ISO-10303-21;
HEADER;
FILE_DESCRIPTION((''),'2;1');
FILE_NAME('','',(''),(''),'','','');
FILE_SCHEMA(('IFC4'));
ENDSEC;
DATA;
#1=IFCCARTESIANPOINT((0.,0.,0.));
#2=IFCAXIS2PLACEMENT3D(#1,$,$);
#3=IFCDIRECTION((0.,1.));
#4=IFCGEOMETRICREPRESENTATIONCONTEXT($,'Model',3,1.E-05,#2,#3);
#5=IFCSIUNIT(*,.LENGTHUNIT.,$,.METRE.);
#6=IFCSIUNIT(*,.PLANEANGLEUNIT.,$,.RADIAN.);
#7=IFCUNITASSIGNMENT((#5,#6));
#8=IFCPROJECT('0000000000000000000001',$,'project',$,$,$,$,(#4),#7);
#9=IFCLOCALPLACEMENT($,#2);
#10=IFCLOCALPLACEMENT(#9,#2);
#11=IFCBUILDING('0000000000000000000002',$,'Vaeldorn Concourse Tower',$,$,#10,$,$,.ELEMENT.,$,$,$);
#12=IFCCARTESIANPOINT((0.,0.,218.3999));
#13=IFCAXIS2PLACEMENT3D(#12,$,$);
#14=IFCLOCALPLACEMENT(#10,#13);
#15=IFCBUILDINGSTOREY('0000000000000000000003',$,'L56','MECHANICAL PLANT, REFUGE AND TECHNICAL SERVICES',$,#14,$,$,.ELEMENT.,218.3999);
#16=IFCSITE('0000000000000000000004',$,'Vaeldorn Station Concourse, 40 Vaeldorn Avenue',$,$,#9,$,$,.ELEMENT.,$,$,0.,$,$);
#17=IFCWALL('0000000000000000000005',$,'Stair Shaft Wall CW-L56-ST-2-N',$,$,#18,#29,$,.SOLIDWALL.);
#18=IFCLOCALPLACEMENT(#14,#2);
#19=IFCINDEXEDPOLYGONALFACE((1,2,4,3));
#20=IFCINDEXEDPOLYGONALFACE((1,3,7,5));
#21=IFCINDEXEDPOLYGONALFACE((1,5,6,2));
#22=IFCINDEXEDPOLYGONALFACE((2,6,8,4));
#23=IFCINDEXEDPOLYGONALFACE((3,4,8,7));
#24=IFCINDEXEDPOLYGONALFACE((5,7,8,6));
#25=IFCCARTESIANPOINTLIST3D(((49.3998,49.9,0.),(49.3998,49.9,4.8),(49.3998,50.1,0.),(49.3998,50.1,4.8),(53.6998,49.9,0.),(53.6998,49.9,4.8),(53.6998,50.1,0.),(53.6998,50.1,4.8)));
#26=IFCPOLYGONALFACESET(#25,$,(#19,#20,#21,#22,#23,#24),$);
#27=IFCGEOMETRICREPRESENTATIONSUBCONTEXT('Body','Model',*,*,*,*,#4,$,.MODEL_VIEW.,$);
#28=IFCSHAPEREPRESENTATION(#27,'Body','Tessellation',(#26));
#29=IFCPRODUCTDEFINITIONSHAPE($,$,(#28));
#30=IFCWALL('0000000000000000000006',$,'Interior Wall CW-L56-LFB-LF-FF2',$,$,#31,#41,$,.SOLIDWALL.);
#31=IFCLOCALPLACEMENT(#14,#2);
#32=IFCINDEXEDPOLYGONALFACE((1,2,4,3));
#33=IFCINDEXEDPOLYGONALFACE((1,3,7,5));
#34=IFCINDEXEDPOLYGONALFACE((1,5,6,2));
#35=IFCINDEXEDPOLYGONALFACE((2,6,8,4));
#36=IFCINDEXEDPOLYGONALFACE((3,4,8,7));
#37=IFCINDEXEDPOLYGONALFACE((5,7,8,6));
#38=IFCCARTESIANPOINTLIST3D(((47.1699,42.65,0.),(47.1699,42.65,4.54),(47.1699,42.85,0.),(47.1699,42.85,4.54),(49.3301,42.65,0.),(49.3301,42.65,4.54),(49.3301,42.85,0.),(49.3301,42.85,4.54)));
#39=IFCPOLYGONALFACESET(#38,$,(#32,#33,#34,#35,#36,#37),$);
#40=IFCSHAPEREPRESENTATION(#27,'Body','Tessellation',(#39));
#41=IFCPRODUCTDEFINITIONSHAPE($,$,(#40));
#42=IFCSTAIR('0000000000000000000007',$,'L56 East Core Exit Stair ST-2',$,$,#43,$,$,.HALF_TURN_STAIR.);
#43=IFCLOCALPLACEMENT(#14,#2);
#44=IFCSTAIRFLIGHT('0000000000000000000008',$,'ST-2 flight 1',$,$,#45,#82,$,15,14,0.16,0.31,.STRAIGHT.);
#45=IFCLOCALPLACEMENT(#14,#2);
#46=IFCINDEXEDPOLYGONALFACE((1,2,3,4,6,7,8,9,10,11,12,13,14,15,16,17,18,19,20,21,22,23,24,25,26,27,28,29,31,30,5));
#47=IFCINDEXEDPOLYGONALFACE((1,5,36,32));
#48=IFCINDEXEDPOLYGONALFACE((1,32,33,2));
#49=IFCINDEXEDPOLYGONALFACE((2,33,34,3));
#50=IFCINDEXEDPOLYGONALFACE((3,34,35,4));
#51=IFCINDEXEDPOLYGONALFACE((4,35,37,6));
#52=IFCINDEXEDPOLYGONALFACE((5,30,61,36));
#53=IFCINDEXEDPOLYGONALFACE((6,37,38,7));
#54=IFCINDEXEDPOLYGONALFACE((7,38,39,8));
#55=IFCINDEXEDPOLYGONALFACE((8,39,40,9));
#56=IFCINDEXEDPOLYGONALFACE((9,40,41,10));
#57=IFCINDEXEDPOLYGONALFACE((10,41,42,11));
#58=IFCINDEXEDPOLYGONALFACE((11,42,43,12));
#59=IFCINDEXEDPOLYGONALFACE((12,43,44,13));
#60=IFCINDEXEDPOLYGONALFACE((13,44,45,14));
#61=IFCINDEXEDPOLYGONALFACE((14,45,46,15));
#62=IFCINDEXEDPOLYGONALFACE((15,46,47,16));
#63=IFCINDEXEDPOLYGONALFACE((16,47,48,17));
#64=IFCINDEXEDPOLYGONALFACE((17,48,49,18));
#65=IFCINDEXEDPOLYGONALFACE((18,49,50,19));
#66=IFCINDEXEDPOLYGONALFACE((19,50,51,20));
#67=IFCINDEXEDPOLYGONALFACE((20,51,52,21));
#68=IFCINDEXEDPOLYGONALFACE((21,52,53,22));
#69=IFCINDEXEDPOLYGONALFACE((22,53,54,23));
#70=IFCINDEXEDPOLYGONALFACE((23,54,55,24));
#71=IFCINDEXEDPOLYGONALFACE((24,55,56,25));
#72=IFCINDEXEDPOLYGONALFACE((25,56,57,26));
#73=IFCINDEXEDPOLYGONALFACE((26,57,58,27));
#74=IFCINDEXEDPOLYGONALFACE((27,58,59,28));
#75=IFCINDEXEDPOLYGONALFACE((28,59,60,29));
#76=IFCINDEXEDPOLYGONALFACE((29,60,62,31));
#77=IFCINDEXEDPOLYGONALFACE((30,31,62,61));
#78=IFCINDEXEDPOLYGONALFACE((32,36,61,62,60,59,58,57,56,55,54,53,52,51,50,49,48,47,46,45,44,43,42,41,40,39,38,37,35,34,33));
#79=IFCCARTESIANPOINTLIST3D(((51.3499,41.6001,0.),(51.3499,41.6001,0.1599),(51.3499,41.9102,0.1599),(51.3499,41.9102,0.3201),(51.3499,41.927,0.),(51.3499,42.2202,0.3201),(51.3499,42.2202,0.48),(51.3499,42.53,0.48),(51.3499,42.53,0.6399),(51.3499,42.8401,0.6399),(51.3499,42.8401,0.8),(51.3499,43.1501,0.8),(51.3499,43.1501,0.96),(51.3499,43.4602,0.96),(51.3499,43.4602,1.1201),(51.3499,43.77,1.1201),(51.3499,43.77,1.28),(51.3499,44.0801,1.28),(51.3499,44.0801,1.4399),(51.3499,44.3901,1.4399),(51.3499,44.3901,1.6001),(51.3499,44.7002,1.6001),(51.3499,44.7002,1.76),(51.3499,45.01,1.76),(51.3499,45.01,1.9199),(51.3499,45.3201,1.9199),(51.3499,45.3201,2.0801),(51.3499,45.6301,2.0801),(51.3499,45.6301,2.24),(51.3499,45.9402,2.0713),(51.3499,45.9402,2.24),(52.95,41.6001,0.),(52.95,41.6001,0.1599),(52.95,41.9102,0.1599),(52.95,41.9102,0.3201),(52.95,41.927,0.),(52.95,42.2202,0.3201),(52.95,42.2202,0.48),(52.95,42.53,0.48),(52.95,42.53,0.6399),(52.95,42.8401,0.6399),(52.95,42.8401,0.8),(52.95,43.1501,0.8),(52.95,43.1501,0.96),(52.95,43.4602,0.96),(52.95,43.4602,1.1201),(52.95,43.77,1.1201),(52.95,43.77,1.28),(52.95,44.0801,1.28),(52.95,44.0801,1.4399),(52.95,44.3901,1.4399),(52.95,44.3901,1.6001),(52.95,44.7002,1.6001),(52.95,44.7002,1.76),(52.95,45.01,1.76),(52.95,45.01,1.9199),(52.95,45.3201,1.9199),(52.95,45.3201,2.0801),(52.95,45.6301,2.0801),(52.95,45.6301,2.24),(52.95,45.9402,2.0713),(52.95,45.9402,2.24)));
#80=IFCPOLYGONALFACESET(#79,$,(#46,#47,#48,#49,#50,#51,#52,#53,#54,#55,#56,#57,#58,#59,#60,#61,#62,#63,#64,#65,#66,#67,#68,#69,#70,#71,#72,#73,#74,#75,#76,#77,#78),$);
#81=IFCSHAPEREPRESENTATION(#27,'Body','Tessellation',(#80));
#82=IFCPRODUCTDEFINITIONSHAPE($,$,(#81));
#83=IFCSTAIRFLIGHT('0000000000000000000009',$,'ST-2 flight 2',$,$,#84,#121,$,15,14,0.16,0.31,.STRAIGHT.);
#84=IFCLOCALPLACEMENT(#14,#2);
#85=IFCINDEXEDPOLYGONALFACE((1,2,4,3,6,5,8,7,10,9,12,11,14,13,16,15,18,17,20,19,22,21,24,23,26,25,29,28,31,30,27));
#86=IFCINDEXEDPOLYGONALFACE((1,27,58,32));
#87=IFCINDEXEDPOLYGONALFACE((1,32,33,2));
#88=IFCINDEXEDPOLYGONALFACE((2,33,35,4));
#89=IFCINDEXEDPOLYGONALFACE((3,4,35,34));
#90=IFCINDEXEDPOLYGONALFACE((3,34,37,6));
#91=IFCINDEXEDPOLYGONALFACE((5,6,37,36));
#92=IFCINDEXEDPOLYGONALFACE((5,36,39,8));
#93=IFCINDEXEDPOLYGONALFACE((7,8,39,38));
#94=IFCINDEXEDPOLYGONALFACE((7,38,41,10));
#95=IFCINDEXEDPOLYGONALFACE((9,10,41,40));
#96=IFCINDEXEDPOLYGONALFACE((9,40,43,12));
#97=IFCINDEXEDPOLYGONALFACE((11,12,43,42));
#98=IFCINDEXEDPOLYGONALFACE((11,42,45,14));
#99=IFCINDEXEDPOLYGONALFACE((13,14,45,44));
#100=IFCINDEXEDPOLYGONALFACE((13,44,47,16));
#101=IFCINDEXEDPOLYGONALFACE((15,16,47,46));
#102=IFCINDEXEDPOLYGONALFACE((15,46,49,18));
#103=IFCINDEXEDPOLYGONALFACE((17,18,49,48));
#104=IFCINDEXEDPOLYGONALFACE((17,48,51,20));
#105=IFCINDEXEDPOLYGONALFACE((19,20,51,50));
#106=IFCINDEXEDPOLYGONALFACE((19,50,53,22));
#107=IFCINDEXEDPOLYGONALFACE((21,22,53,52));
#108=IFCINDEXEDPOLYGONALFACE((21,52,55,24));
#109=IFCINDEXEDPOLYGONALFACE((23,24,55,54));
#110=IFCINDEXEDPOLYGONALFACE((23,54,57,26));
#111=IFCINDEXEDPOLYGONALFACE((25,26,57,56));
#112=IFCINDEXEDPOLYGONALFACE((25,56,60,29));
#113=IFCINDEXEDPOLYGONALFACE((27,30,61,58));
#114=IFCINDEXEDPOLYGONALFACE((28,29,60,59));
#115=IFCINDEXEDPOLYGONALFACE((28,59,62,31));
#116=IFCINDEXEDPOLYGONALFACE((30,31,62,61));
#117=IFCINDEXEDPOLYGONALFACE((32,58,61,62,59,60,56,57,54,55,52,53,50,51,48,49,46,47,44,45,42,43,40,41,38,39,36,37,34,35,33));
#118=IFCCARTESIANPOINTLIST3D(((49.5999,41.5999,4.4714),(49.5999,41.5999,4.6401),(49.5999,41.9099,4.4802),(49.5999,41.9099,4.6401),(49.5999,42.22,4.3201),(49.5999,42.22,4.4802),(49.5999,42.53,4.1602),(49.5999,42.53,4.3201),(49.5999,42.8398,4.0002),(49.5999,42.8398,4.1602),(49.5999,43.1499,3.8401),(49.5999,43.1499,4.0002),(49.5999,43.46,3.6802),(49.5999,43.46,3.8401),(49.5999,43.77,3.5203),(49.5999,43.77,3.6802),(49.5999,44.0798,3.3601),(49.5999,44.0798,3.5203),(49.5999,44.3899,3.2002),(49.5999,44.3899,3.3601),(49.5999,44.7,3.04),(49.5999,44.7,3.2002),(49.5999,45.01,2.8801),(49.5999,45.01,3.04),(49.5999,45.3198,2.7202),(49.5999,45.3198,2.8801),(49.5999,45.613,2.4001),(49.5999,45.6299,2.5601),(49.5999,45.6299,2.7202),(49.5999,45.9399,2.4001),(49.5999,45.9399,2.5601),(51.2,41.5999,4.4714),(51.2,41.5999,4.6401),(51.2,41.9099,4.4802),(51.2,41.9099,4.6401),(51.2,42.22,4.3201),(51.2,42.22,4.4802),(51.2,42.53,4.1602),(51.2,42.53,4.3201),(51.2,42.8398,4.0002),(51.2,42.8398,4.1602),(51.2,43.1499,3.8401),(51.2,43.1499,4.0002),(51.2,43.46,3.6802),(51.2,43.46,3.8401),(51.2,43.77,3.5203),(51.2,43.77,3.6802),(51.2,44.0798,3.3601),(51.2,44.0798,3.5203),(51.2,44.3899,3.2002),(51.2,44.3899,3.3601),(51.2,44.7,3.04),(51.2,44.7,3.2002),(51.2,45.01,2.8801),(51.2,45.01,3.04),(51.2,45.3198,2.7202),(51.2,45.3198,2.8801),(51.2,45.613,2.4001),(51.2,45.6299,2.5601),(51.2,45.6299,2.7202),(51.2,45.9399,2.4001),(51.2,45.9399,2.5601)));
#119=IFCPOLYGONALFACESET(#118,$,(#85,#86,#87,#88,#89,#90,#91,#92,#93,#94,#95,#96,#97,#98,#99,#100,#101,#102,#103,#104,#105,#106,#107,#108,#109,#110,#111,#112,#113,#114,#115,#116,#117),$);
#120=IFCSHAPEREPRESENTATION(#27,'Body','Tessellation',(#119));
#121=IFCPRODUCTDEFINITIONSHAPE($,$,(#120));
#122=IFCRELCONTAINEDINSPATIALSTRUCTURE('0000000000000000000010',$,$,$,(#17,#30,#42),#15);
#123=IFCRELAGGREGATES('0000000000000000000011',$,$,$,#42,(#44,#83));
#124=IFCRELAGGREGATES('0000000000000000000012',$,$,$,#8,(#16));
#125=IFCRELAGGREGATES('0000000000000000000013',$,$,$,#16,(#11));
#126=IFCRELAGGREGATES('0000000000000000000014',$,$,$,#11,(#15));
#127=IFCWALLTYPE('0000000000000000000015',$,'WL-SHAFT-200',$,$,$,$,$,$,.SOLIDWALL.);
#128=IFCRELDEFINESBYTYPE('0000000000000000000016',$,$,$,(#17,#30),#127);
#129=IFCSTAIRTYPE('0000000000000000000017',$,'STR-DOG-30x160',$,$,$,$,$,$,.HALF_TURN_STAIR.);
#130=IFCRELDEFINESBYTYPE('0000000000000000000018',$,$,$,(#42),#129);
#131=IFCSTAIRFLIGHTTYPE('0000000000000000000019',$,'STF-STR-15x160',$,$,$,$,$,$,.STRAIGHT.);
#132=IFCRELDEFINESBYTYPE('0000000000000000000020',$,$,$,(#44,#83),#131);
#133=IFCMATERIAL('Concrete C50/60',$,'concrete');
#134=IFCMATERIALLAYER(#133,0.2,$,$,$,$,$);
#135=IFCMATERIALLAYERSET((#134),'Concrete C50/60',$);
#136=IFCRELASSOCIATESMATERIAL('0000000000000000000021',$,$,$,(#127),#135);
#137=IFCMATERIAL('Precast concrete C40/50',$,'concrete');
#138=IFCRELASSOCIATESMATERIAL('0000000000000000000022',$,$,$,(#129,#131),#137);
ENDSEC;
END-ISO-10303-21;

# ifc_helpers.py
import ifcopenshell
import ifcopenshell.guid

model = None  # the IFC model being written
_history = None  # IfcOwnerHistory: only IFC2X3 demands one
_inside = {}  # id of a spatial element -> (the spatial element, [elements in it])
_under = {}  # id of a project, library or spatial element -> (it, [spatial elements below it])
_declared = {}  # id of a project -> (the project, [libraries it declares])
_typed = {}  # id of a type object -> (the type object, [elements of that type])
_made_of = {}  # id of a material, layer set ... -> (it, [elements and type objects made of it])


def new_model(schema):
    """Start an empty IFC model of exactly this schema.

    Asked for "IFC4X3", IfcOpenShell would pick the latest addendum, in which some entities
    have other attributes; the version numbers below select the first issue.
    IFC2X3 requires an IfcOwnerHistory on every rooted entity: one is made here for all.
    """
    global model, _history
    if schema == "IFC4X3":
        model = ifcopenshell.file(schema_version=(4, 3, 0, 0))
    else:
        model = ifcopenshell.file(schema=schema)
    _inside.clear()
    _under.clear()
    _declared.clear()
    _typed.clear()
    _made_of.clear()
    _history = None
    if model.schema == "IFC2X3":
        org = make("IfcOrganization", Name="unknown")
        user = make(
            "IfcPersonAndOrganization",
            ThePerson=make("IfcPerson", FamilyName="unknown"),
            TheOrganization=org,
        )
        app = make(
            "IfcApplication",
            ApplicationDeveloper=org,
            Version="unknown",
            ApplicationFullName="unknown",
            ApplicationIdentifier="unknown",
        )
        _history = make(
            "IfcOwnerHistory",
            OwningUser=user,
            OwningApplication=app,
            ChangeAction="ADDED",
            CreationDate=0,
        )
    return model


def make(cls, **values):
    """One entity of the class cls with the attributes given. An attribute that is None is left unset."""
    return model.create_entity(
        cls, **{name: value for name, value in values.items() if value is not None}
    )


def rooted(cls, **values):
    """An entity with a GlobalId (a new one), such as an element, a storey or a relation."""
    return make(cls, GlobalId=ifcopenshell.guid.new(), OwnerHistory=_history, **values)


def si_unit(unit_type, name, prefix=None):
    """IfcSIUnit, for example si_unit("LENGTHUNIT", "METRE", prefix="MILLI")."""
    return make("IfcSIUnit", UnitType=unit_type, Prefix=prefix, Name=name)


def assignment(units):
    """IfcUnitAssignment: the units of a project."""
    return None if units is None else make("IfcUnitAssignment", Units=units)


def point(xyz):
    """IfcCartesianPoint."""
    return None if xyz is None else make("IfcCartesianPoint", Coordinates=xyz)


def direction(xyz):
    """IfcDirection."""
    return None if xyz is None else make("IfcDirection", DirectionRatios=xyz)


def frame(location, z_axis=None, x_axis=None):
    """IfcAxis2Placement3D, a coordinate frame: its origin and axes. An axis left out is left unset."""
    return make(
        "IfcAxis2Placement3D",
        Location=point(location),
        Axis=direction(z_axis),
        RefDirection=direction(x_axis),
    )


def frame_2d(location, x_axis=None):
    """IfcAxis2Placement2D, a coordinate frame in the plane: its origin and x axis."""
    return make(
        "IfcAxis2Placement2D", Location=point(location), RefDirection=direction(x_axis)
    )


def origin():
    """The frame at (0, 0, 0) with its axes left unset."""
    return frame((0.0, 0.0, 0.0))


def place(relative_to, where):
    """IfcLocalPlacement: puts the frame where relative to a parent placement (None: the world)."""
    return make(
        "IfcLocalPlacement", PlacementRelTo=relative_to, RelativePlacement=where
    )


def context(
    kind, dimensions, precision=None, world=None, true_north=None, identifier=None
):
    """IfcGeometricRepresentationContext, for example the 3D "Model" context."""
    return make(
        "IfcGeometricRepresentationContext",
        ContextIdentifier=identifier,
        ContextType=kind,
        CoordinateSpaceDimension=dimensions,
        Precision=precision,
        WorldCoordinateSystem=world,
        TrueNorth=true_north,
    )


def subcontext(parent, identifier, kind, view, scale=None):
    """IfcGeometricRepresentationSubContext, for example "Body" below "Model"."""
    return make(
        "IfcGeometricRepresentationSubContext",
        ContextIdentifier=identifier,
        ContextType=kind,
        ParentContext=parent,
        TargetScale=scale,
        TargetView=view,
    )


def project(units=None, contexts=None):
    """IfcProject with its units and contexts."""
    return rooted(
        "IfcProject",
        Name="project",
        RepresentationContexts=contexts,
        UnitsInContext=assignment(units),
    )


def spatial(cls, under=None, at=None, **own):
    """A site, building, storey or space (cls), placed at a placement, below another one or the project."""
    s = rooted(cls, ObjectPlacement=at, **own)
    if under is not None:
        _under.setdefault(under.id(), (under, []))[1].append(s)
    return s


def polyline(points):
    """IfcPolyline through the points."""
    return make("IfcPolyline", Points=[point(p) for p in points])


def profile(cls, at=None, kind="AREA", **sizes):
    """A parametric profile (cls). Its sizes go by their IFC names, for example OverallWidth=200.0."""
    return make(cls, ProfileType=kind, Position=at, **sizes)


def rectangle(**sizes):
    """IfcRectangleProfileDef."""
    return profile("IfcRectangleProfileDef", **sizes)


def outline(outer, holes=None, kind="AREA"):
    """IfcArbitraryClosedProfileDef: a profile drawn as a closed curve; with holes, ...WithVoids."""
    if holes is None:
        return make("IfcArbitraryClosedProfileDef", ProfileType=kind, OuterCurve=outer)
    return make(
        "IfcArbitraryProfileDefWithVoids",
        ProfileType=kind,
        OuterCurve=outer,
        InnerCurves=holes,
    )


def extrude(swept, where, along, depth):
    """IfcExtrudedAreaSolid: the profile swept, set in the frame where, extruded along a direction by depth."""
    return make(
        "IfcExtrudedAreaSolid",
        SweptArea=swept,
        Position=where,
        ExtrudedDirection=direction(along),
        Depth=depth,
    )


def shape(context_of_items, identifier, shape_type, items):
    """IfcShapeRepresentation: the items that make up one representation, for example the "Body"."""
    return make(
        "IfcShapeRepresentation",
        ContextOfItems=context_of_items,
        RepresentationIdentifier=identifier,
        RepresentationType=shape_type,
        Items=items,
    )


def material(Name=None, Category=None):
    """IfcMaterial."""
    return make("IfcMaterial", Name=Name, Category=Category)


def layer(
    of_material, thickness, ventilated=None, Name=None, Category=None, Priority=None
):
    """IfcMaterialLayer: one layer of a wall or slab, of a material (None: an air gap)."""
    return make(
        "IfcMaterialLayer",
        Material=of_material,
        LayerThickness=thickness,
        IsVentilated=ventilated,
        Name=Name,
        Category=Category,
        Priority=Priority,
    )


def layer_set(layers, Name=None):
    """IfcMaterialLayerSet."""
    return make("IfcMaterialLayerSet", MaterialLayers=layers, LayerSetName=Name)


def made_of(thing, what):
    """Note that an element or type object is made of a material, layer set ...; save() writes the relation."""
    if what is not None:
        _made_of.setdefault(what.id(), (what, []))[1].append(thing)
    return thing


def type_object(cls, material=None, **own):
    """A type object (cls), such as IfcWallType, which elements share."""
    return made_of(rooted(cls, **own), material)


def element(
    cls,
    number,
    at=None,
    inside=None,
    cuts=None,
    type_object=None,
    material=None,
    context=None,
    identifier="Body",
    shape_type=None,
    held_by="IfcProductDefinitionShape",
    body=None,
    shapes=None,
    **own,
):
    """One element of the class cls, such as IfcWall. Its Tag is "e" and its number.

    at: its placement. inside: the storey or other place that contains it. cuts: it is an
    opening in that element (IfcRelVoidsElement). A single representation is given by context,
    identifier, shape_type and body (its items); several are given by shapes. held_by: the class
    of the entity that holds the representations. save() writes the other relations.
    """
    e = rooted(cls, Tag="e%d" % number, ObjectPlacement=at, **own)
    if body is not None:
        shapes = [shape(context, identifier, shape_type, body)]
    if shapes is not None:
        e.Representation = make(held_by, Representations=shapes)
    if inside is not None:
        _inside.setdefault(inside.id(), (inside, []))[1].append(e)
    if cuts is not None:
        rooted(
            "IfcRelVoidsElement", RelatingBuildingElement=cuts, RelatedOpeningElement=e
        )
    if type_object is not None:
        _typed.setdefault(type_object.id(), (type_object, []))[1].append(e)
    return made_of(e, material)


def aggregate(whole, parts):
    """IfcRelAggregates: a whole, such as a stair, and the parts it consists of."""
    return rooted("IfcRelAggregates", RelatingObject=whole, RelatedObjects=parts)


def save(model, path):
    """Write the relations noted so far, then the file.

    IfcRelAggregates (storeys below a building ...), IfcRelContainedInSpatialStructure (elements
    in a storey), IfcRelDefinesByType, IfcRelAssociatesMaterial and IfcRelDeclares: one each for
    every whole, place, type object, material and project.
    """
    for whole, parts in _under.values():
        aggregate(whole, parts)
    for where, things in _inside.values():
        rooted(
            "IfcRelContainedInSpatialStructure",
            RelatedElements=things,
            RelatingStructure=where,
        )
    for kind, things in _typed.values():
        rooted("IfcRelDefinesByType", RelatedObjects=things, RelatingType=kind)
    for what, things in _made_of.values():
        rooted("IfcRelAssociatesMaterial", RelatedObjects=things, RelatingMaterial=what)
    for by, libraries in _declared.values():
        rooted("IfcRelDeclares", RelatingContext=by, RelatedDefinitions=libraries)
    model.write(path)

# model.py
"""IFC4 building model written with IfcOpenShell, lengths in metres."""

from ifc_helpers import new_model, si_unit, direction, frame, frame_2d, origin, place, context, subcontext, project, spatial, polyline, rectangle, outline, extrude, material, layer, layer_set, type_object, element, aggregate, save


model = new_model("IFC4")

# Units and contexts
model_context = context("Model", 3, precision=1e-05, world=origin(), true_north=direction((0.0, 1.0)))
body_context = subcontext(model_context, "Body", "Model", "MODEL_VIEW")
ifc_project = project(units=[si_unit("LENGTHUNIT", "METRE"), si_unit("PLANEANGLEUNIT", "RADIAN")], contexts=[model_context])

# Site, building, storey
site_placement = place(None, origin())
site = spatial("IfcSite", under=ifc_project, at=site_placement, Name="Vaeldorn Station Concourse, 40 Vaeldorn Avenue", CompositionType="ELEMENT", RefElevation=0.0)
building_placement = place(site_placement, origin())
building = spatial("IfcBuilding", under=site, at=building_placement, Name="Vaeldorn Concourse Tower", CompositionType="ELEMENT")
storey_placement = place(building_placement, frame((0.0, 0.0, 218.3999)))
storey = spatial("IfcBuildingStorey", under=building, at=storey_placement, Name="L56", Description="MECHANICAL PLANT, REFUGE AND TECHNICAL SERVICES", CompositionType="ELEMENT", Elevation=218.3999)

# Walls
ifc_material_1 = material(Name="Concrete C50/60", Category="concrete")
ifc_layer_1 = layer(ifc_material_1, 0.2)
ifc_layer_set_1 = layer_set([ifc_layer_1], Name="Concrete C50/60")
wall_type_1 = type_object("IfcWallType", Name="WL-SHAFT-200", PredefinedType="SOLIDWALL", material=ifc_layer_set_1)
wall_1_placement = place(storey_placement, frame((49.3999, 50.0, 0.0), z_axis=(0.0, 0.0, 1.0), x_axis=(1.0, 0.0, 0.0)))
element("IfcWall", 1, at=wall_1_placement, inside=storey, type_object=wall_type_1, Name="Stair Shaft Wall CW-L56-ST-2-N", PredefinedType="SOLIDWALL", context=body_context, shape_type="SweptSolid", body=[
    extrude(rectangle(XDim=4.3, YDim=0.2, at=frame_2d((2.1499, 0.0))), origin(), (0.0, 0.0, 1.0), 4.8),
])
wall_2_placement = place(storey_placement, frame((47.1699, 42.75, 0.0), z_axis=(0.0, 0.0, 1.0), x_axis=(1.0, 0.0, 0.0)))
element("IfcWall", 2, at=wall_2_placement, inside=storey, type_object=wall_type_1, Name="Interior Wall CW-L56-LFB-LF-FF2", PredefinedType="SOLIDWALL", context=body_context, shape_type="SweptSolid", body=[
    extrude(rectangle(XDim=2.1602, YDim=0.2, at=frame_2d((1.0801, 0.0))), origin(), (0.0, 0.0, 1.0), 4.54),
])

# Stair, stair flights
ifc_material_2 = material(Name="Precast concrete C40/50", Category="concrete")
stair_type = type_object("IfcStairType", Name="STR-DOG-30x160", PredefinedType="HALF_TURN_STAIR", material=ifc_material_2)
stair_placement = place(storey_placement, origin())
stair = element("IfcStair", 3, at=stair_placement, inside=storey, type_object=stair_type, Name="L56 East Core Exit Stair ST-2", PredefinedType="HALF_TURN_STAIR")
stair_flight_type = type_object("IfcStairFlightType", Name="STF-STR-15x160", PredefinedType="STRAIGHT", material=ifc_material_2)
stair_flight_1_placement = place(storey_placement, frame((52.1499, 41.6001, 0.0), z_axis=(0.0, 0.0, 1.0), x_axis=(0.0, 1.0, 0.0)))
stair_flight_1 = element("IfcStairFlight", 4, at=stair_flight_1_placement, type_object=stair_flight_type, Name="ST-2 flight 1", NumberOfRisers=15, NumberOfTreads=14, PredefinedType="STRAIGHT", RiserHeight=0.16, TreadLength=0.31, context=body_context, shape_type="SweptSolid", body=[
    extrude(outline(polyline([(0.0, 0.0), (0.0, 0.1599), (0.3101, 0.1599), (0.3101, 0.3201), (0.6201, 0.3201), (0.6201, 0.48), (0.9299, 0.48), (0.9299, 0.6399), (1.24, 0.6399), (1.24, 0.8), (1.55, 0.8), (1.55, 0.96), (1.8601, 0.96), (1.8601, 1.1201), (2.1699, 1.1201), (2.1699, 1.28), (2.48, 1.28), (2.48, 1.4399), (2.79, 1.4399), (2.79, 1.6001), (3.1001, 1.6001), (3.1001, 1.76), (3.4099, 1.76), (3.4099, 1.9199), (3.72, 1.9199), (3.72, 2.0801), (4.03, 2.0801), (4.03, 2.24), (4.3401, 2.24), (4.3401, 2.3999), (4.3401, 2.0713), (0.3269, 0.0), (0.0, 0.0)])), frame((0.0, 0.8, 0.0), z_axis=(0.0, -1.0, 0.0), x_axis=(1.0, 0.0, 0.0)), (0.0, 0.0, 1.0), 1.6001),
])
stair_flight_2_placement = place(storey_placement, frame((50.3999, 45.9399, 2.4001), z_axis=(0.0, 0.0, 1.0), x_axis=(0.0, -1.0, 0.0)))
stair_flight_2 = element("IfcStairFlight", 5, at=stair_flight_2_placement, type_object=stair_flight_type, Name="ST-2 flight 2", NumberOfRisers=15, NumberOfTreads=14, PredefinedType="STRAIGHT", RiserHeight=0.16, TreadLength=0.31, context=body_context, shape_type="SweptSolid", body=[
    extrude(outline(polyline([(0.0, 0.0), (0.0, 0.1599), (0.3101, 0.1599), (0.3101, 0.3201), (0.6201, 0.3201), (0.6201, 0.48), (0.9299, 0.48), (0.9299, 0.6399), (1.24, 0.6399), (1.24, 0.8), (1.55, 0.8), (1.55, 0.96), (1.8601, 0.96), (1.8601, 1.1201), (2.1699, 1.1201), (2.1699, 1.28), (2.48, 1.28), (2.48, 1.4399), (2.79, 1.4399), (2.79, 1.6001), (3.1001, 1.6001), (3.1001, 1.76), (3.4099, 1.76), (3.4099, 1.9199), (3.72, 1.9199), (3.72, 2.0801), (4.03, 2.0801), (4.03, 2.24), (4.3401, 2.24), (4.3401, 2.3999), (4.3401, 2.0713), (0.3269, 0.0), (0.0, 0.0)])), frame((0.0, 0.8, 0.0), z_axis=(0.0, -1.0, 0.0), x_axis=(1.0, 0.0, 0.0)), (0.0, 0.0, 1.0), 1.6001),
])
aggregate(stair, [stair_flight_1, stair_flight_2])

save(model, "model.ifc")
